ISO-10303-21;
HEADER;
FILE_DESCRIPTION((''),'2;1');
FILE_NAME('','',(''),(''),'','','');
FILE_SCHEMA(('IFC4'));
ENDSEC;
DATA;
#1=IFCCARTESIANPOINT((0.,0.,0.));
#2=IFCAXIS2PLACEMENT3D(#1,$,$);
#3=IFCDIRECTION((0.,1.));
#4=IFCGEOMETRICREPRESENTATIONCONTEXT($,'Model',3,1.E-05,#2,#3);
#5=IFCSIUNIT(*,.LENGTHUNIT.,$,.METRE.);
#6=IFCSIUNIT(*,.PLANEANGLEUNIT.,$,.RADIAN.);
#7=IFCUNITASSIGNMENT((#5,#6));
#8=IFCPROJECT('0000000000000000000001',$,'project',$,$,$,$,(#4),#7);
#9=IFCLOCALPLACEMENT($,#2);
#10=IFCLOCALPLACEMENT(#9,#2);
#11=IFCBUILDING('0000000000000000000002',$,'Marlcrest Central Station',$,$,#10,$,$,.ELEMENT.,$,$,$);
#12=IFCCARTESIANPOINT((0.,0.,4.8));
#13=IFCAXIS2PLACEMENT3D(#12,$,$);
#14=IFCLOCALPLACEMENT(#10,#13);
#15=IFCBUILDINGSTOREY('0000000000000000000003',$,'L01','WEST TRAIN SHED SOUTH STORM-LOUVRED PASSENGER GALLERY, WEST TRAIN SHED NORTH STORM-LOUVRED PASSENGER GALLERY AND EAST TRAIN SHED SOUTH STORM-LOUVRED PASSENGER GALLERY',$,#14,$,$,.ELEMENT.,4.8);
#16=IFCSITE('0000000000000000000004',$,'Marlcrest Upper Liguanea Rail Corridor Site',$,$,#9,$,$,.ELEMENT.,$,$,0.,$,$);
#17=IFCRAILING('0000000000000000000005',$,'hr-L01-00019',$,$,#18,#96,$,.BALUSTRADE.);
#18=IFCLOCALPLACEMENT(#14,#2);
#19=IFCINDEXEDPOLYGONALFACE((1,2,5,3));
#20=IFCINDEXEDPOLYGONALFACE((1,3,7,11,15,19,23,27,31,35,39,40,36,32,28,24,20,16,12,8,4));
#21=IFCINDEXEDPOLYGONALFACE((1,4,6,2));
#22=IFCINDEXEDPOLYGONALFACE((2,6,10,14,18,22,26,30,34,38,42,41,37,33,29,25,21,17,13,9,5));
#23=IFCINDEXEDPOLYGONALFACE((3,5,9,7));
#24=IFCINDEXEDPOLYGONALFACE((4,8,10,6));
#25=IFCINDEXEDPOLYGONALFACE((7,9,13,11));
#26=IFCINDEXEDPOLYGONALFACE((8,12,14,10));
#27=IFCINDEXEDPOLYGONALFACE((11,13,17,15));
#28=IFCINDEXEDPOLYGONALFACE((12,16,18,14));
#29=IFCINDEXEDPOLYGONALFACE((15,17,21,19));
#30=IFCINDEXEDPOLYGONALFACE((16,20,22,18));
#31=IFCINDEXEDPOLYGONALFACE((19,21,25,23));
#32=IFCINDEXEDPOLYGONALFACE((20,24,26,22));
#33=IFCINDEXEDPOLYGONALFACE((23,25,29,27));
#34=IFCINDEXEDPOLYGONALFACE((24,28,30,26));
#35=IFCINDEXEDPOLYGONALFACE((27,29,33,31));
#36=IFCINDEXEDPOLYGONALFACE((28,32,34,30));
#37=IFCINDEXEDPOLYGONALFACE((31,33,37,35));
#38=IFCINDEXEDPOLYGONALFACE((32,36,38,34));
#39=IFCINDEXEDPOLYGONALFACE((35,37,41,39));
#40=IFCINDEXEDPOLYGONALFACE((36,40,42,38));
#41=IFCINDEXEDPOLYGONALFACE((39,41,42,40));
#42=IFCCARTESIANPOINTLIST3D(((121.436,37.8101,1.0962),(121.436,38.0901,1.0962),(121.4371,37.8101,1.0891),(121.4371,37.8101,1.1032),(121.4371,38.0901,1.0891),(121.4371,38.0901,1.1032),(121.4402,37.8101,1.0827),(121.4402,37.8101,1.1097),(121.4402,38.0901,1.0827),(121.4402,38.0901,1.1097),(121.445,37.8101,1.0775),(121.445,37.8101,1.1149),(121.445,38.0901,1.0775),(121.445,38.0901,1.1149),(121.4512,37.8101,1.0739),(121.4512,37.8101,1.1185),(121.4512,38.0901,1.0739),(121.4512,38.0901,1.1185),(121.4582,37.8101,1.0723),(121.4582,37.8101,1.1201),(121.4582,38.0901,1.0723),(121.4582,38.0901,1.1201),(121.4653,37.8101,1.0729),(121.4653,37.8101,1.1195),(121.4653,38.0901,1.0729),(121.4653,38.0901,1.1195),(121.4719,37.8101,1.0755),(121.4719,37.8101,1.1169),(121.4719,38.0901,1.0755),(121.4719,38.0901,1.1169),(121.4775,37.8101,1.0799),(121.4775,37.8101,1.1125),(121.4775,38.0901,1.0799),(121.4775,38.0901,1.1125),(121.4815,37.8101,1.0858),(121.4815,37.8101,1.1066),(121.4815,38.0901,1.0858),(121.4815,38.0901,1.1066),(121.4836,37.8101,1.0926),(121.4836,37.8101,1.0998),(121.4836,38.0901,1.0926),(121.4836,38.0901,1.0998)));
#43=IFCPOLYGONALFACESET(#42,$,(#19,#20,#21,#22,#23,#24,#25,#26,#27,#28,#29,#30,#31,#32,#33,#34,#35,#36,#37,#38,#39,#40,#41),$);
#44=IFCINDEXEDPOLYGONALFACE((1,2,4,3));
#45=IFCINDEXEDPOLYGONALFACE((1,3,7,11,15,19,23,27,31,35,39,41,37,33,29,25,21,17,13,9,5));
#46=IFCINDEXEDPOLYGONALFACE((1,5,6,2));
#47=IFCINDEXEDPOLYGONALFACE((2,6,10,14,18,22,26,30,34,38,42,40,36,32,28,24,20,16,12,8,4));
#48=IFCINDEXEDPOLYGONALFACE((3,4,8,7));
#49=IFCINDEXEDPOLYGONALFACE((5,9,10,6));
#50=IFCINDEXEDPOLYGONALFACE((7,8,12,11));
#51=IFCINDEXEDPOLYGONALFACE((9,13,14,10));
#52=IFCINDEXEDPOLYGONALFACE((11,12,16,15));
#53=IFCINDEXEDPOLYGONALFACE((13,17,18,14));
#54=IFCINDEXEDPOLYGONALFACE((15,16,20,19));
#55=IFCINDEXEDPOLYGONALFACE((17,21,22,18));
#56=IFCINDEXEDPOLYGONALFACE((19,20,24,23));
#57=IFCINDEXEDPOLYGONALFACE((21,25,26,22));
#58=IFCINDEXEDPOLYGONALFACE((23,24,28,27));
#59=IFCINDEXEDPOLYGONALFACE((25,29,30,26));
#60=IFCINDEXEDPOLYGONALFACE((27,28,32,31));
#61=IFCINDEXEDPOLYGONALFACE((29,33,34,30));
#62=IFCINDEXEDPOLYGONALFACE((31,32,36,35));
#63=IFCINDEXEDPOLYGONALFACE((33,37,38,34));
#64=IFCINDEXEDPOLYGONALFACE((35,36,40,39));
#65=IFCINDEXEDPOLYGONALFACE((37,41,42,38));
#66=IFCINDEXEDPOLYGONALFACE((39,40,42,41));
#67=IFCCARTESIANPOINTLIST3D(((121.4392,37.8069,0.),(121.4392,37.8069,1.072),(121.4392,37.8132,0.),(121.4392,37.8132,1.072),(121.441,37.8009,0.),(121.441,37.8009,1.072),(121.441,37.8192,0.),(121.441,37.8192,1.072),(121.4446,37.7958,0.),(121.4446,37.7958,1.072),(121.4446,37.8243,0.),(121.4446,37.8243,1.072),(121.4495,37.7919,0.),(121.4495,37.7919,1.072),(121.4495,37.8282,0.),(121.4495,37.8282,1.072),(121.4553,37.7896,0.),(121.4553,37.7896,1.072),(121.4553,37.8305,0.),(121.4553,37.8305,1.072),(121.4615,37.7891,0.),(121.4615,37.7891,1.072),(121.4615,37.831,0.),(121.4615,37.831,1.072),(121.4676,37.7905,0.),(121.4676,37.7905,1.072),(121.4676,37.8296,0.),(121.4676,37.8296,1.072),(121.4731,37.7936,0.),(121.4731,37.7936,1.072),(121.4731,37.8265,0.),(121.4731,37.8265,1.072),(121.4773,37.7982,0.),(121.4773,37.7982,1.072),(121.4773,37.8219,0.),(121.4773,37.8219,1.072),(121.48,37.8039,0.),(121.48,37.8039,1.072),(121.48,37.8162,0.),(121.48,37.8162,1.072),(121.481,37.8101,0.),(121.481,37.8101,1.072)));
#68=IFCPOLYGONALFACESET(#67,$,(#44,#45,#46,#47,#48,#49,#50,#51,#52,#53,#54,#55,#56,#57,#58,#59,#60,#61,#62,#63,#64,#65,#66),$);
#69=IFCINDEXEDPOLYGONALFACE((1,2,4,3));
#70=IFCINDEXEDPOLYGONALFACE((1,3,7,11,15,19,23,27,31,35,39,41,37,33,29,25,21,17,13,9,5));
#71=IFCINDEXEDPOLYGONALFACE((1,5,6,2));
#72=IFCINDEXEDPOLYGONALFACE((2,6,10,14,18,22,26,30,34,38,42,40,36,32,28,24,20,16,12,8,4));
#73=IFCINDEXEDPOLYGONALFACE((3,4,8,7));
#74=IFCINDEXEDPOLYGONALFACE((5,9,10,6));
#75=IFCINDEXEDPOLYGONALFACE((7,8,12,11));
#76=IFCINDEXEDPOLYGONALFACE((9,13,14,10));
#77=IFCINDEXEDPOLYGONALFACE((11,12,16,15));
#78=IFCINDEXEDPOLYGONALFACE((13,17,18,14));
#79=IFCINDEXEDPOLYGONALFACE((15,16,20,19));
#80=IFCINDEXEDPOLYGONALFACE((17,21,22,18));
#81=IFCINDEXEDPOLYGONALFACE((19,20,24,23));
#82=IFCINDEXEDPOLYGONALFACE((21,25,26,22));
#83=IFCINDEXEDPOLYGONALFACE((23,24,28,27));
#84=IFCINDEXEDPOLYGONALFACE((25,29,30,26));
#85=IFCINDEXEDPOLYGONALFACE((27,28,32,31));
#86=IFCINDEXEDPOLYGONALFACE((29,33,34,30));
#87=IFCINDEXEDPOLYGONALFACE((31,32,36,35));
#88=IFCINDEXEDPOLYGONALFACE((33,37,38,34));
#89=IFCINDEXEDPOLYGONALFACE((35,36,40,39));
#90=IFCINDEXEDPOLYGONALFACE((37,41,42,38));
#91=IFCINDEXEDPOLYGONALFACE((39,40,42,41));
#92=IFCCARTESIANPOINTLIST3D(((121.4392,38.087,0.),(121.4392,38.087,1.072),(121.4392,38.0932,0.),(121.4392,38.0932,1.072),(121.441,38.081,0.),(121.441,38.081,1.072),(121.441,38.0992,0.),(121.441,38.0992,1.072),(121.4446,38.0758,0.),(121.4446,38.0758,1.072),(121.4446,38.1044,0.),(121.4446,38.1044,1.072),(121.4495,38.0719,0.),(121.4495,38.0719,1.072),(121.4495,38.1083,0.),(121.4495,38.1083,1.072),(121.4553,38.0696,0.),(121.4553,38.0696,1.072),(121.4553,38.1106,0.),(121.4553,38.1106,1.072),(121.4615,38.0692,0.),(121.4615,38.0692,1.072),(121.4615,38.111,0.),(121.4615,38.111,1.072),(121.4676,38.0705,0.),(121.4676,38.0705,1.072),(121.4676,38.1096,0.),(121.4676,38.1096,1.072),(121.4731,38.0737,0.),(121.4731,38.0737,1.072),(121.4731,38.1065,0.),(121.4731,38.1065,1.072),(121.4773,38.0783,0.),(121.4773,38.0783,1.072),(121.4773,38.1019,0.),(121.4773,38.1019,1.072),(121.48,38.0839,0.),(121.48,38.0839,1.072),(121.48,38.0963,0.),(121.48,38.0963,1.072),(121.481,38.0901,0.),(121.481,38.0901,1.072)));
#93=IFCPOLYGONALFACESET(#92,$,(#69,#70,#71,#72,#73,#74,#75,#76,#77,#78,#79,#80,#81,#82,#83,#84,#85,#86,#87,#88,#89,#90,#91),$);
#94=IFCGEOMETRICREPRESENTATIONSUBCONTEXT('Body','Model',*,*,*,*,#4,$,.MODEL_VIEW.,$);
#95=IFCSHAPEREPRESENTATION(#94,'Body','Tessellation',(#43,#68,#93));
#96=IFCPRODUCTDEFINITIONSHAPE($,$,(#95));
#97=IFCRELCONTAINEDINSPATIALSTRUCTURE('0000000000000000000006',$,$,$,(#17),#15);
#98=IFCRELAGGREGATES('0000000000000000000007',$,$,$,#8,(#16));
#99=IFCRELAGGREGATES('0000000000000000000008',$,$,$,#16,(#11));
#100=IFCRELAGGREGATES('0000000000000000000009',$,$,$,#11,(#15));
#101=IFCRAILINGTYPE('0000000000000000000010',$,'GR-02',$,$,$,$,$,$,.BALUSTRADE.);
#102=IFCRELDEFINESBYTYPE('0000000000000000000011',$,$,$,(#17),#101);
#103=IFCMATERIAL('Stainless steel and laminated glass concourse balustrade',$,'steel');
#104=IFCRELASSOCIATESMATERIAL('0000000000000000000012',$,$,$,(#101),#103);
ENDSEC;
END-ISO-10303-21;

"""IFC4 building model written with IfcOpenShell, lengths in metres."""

from ifc_helpers import new_model, si_unit, direction, frame, origin, origin_2d, place, context, subcontext, project, spatial, circle, extrude, material, type_object, element, save


model = new_model("IFC4")

# Units and contexts
model_context = context("Model", 3, precision=1e-05, world=origin(), true_north=direction((0.0, 1.0)))
body_context = subcontext(model_context, "Body", "Model", "MODEL_VIEW")
ifc_project = project(units=[si_unit("LENGTHUNIT", "METRE"), si_unit("PLANEANGLEUNIT", "RADIAN")], contexts=[model_context])

# Site, building, storey
site_placement = place(None, origin())
site = spatial("IfcSite", under=ifc_project, at=site_placement, Name="Marlcrest Upper Liguanea Rail Corridor Site", CompositionType="ELEMENT", RefElevation=0.0)
building_placement = place(site_placement, origin())
building = spatial("IfcBuilding", under=site, at=building_placement, Name="Marlcrest Central Station", CompositionType="ELEMENT")
storey_placement = place(building_placement, frame((0.0, 0.0, 4.8)))
storey = spatial("IfcBuildingStorey", under=building, at=storey_placement, Name="L01", Description="WEST TRAIN SHED SOUTH STORM-LOUVRED PASSENGER GALLERY, WEST TRAIN SHED NORTH STORM-LOUVRED PASSENGER GALLERY AND EAST TRAIN SHED SOUTH STORM-LOUVRED PASSENGER GALLERY", CompositionType="ELEMENT", Elevation=4.8)

# Railing
ifc_material_1 = material(Name="Stainless steel and laminated glass concourse balustrade", Category="steel")
railing_type_1 = type_object("IfcRailingType", Name="GR-02", PredefinedType="BALUSTRADE", material=ifc_material_1)
railing_1_placement = place(storey_placement, frame((121.46, 37.8101, 0.0)))
element("IfcRailing", 1, at=railing_1_placement, inside=storey, type_object=railing_type_1, Name="hr-L01-00019", PredefinedType="BALUSTRADE", context=body_context, shape_type="SweptSolid", body=[
    extrude(circle(Radius=0.0239, at=origin_2d()), frame((0.0, 0.0, 1.0962), z_axis=(0.0, 1.0, 0.0), x_axis=(-1.0, 0.0, 0.0)), (0.0, 0.0, 1.0), 0.28),
    extrude(circle(Radius=0.021, at=origin_2d()), origin(), (0.0, 0.0, 1.0), 1.072),
    extrude(circle(Radius=0.021, at=origin_2d()), frame((0.0, 0.28, 0.0)), (0.0, 0.0, 1.0), 1.072),
])

save(model, "model.ifc")
